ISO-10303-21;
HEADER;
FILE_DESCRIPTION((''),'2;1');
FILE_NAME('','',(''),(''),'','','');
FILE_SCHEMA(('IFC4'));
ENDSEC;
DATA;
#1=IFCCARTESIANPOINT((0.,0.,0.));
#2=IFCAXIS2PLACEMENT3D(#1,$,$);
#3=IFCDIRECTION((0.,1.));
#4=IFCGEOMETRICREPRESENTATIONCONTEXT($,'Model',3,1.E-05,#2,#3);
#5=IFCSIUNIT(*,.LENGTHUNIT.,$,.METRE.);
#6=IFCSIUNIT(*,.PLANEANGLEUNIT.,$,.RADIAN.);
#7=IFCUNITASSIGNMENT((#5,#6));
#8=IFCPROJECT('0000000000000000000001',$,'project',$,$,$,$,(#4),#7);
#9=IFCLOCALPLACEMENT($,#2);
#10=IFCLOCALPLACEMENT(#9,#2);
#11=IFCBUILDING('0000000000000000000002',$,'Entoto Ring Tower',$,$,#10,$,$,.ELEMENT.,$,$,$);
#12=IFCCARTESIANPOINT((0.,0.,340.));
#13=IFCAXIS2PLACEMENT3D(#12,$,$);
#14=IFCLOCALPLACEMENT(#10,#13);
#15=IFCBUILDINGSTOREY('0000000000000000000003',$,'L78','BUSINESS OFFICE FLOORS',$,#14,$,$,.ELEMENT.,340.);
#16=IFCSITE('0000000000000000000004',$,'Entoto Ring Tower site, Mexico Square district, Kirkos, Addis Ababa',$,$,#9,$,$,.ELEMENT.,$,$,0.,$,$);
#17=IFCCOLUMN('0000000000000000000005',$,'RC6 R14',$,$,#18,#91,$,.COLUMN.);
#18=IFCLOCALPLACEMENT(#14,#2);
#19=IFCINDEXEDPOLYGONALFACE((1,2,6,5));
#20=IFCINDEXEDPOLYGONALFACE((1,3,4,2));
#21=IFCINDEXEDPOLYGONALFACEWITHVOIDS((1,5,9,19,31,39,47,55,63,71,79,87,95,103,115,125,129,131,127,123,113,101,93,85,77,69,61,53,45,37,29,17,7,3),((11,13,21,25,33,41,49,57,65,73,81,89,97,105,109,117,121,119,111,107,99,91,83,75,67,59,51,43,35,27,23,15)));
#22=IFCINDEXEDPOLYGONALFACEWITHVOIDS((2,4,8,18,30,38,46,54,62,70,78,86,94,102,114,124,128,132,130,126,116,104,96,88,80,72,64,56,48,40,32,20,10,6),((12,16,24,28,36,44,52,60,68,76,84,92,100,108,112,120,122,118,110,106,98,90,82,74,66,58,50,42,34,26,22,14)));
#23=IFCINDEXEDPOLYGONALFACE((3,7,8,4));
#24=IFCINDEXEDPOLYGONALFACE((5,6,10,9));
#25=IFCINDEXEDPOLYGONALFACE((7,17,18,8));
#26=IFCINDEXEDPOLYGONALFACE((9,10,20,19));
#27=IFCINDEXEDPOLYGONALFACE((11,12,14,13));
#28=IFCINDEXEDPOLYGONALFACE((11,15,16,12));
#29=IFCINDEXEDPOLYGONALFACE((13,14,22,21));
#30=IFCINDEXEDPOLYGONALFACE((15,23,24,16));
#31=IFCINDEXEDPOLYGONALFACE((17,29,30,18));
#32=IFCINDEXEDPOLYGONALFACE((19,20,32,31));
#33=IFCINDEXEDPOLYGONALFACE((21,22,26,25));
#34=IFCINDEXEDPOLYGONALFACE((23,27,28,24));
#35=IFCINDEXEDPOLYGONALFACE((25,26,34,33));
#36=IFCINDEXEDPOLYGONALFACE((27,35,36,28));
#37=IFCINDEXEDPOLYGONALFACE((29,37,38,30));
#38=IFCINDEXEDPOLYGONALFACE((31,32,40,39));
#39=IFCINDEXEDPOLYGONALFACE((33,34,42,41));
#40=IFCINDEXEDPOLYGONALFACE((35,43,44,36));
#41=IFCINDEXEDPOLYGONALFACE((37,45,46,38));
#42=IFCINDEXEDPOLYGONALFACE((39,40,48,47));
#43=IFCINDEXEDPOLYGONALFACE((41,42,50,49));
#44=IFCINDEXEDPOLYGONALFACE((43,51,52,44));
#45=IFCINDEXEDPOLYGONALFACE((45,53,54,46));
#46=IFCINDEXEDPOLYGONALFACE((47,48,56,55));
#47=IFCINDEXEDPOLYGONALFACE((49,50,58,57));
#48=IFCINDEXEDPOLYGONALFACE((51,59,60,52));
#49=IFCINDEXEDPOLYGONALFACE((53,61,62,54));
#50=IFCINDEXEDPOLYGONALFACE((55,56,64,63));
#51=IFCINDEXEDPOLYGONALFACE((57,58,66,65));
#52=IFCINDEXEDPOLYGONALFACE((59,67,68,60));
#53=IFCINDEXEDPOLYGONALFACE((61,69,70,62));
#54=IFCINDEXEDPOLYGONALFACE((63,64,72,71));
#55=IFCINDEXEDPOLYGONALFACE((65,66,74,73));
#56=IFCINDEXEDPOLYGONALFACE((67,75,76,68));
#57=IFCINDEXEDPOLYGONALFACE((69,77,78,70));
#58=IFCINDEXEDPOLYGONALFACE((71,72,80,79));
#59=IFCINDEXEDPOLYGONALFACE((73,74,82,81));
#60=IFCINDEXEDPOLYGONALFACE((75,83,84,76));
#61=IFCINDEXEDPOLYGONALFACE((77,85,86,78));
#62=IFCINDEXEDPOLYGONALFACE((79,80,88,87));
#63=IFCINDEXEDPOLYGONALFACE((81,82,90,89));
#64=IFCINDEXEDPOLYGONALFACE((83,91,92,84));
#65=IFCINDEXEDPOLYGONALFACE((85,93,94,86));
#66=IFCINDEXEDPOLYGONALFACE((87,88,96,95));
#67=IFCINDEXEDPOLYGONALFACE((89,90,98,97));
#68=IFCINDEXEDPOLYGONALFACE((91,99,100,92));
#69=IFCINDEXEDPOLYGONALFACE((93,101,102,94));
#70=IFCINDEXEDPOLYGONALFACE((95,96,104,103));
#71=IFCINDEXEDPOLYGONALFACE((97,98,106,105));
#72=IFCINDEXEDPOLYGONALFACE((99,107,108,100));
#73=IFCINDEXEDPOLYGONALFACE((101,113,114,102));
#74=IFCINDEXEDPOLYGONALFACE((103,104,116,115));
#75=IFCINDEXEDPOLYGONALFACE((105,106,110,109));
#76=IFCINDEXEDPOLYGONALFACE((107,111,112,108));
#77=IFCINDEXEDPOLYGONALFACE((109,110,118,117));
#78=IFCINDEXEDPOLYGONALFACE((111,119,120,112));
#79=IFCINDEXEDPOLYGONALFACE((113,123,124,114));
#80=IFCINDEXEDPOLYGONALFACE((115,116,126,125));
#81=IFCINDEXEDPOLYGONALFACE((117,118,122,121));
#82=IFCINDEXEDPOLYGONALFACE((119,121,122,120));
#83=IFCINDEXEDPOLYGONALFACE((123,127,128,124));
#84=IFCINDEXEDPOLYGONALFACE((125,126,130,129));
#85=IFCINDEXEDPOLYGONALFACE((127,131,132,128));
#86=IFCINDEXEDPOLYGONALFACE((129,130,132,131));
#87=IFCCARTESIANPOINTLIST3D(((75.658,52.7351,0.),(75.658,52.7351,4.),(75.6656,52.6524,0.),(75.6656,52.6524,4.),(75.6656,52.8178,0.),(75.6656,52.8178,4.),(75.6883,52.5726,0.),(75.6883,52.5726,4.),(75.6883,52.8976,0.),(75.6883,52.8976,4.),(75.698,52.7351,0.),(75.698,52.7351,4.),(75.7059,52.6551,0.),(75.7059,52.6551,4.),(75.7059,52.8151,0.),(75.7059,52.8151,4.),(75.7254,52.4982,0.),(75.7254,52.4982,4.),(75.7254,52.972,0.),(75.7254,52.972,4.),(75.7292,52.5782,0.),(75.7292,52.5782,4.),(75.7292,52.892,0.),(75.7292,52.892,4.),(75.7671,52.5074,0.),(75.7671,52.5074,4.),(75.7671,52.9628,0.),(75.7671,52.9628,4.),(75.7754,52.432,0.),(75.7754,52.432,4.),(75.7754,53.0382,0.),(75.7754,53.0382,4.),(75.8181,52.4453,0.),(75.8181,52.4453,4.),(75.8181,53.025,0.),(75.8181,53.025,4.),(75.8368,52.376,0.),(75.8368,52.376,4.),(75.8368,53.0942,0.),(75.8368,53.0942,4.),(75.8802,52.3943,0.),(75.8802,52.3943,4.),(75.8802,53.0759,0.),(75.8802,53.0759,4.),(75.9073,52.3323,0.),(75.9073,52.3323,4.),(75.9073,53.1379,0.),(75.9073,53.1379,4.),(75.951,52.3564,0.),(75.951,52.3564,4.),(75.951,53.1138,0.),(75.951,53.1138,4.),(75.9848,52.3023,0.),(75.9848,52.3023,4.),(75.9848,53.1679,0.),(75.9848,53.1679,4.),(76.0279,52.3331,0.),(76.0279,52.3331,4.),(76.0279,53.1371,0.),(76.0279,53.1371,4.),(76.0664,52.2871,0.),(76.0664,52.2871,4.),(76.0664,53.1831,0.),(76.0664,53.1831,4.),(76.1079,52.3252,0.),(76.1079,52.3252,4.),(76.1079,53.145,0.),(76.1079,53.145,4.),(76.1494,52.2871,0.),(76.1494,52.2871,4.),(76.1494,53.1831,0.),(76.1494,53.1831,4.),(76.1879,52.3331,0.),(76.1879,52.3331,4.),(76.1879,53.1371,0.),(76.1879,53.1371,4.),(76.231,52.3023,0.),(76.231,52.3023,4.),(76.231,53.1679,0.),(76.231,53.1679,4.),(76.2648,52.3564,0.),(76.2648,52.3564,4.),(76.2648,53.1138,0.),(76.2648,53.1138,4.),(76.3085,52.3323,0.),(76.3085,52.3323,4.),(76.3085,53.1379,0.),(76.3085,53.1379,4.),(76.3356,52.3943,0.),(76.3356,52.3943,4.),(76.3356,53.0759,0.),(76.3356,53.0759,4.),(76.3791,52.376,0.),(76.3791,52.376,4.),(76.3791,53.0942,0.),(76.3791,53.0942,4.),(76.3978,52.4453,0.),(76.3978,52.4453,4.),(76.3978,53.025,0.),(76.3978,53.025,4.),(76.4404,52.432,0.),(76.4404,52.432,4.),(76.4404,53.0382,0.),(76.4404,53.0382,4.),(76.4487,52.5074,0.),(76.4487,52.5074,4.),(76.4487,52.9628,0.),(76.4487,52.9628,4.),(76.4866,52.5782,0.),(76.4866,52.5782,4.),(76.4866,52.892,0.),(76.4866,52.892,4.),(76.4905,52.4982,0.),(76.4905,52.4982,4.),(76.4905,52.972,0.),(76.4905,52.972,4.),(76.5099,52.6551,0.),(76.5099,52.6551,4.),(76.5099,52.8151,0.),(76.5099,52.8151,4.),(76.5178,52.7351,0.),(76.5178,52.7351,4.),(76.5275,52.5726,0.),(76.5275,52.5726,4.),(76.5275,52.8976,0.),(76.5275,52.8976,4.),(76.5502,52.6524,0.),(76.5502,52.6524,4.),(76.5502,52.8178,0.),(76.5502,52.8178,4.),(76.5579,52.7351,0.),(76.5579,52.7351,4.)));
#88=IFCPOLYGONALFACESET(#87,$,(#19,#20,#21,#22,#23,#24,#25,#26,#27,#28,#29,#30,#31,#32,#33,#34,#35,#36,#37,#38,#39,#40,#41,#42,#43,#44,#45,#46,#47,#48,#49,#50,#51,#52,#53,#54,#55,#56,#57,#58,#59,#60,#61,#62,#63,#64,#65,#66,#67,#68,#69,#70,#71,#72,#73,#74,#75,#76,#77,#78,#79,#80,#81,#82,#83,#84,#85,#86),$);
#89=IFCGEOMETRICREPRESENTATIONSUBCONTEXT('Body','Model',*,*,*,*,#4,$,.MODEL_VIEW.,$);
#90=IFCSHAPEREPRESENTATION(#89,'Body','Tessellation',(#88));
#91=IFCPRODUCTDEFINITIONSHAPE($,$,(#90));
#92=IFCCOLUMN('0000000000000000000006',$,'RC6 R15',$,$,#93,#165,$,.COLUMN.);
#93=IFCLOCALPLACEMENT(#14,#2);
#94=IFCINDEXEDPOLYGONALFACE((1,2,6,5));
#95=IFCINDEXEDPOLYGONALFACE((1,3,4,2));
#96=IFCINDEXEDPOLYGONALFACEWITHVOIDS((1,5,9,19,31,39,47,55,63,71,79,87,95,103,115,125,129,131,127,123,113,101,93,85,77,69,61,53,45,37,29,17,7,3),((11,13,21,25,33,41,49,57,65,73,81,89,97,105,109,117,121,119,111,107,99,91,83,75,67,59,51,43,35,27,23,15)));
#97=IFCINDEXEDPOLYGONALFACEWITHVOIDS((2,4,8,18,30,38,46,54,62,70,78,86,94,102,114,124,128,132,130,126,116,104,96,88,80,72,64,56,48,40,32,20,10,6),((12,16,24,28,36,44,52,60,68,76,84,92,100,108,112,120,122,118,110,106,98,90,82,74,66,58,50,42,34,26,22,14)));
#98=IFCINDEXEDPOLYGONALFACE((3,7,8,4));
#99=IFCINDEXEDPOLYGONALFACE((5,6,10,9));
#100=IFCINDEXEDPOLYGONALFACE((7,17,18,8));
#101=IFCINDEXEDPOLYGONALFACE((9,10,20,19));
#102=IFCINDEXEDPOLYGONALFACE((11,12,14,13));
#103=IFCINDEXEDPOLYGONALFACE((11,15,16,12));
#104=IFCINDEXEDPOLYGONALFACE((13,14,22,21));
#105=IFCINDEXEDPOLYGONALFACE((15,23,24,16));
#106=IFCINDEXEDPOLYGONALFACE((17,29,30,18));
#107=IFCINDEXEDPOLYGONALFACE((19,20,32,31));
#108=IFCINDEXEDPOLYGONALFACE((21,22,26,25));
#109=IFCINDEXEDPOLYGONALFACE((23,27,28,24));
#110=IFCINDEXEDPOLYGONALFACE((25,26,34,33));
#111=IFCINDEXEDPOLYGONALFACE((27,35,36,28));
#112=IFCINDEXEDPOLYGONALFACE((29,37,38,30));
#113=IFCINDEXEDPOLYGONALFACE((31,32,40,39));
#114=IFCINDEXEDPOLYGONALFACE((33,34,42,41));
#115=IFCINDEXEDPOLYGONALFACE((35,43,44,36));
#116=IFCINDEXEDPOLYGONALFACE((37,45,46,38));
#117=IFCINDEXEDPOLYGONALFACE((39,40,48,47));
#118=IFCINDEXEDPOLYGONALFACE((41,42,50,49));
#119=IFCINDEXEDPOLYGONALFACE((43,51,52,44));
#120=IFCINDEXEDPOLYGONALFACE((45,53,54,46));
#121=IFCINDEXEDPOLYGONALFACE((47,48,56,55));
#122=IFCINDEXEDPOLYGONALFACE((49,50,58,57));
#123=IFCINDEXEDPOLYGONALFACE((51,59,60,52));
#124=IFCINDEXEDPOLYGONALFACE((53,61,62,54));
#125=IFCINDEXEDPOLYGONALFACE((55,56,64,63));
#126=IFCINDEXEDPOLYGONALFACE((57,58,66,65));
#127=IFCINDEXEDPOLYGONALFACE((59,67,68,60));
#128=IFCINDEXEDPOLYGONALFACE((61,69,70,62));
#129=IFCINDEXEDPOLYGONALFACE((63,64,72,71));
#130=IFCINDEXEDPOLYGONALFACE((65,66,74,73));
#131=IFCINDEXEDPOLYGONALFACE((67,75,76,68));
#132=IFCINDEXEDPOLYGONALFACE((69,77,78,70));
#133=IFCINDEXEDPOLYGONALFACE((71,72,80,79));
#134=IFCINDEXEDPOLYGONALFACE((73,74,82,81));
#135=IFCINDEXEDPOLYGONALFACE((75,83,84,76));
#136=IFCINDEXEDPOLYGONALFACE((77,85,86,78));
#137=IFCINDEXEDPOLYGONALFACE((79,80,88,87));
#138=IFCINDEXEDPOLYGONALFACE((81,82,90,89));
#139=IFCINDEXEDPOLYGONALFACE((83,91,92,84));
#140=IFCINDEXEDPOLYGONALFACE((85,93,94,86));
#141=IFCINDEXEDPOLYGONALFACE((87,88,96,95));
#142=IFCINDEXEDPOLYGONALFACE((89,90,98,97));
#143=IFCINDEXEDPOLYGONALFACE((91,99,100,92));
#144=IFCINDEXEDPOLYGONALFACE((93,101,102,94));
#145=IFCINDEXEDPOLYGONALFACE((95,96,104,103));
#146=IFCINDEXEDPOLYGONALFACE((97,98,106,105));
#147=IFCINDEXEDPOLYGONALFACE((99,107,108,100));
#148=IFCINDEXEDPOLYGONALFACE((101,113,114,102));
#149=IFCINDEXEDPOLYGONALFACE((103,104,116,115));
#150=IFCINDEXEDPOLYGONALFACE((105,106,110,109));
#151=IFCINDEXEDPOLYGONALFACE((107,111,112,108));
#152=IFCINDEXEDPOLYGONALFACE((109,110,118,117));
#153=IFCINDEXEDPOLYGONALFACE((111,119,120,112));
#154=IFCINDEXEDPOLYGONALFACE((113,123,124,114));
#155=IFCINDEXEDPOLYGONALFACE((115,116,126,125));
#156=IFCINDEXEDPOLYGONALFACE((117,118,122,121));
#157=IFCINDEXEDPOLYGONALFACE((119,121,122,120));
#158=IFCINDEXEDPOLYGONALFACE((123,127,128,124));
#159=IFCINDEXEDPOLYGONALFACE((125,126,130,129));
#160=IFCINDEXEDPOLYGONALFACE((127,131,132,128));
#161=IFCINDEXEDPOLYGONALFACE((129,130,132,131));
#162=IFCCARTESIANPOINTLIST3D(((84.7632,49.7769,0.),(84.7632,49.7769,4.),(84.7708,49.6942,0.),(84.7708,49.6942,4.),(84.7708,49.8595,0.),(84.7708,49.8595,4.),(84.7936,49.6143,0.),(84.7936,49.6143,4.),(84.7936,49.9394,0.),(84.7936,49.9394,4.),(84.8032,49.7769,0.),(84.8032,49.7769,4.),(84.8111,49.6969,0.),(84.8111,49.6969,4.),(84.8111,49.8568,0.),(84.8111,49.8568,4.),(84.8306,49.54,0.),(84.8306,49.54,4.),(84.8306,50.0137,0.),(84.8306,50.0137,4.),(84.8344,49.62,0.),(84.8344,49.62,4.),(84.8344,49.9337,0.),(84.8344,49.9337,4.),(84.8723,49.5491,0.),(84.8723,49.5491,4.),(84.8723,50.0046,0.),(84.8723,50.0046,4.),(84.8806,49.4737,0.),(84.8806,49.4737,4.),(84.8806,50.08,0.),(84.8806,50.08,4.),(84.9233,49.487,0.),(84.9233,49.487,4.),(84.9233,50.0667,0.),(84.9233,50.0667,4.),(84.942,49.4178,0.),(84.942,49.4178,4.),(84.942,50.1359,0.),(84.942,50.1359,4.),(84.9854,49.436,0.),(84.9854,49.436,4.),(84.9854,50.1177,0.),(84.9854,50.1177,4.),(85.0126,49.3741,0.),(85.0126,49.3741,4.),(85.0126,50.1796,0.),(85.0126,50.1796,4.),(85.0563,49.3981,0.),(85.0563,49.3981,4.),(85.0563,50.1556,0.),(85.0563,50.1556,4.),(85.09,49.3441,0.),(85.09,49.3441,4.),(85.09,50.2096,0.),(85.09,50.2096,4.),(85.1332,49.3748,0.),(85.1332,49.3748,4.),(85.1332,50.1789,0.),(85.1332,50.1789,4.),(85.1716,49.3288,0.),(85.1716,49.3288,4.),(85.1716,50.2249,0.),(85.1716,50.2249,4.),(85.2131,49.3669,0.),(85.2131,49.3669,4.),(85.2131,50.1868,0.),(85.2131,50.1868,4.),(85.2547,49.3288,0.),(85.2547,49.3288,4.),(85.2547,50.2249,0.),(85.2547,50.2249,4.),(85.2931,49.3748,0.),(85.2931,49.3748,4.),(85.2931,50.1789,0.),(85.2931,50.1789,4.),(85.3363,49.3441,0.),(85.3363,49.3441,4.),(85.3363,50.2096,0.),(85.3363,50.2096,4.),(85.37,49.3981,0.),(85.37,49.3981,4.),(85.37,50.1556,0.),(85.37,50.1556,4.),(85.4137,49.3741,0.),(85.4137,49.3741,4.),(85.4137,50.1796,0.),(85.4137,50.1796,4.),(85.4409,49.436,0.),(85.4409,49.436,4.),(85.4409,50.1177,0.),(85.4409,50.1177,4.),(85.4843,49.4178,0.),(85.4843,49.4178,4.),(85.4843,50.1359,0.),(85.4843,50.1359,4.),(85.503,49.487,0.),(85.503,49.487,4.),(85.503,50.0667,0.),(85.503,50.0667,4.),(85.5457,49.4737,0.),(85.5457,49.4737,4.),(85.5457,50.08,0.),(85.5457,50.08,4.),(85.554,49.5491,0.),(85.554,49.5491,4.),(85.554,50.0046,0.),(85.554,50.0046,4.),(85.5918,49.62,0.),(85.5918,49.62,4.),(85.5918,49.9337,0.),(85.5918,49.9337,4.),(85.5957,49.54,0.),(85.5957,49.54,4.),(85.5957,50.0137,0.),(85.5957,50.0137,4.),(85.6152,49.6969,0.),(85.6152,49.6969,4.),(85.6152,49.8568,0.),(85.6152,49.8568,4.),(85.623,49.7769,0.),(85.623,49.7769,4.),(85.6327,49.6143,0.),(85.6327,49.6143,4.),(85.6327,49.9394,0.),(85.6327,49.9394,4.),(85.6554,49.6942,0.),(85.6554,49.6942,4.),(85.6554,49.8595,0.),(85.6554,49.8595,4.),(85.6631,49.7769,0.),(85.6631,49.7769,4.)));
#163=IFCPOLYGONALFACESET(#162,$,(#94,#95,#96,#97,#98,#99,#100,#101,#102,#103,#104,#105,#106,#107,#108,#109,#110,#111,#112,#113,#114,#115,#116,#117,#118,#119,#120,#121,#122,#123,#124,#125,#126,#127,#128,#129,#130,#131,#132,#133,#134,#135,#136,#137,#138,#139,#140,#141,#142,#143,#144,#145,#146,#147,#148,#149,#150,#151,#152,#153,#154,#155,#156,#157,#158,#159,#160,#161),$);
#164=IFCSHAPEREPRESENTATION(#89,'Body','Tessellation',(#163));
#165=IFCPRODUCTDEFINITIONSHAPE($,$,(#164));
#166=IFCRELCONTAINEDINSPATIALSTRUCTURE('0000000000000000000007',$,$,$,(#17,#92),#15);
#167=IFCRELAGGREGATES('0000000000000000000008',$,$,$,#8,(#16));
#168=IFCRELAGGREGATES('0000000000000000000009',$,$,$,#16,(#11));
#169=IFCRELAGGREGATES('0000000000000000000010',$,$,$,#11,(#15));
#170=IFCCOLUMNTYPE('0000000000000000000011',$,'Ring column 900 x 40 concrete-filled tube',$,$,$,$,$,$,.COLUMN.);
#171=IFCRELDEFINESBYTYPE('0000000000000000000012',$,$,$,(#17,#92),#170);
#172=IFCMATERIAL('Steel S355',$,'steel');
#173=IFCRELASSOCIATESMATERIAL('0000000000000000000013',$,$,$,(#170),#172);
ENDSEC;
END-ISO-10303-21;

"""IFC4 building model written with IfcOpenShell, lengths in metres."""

from ifc_helpers import new_model, si_unit, direction, frame, origin, origin_2d, place, context, subcontext, project, spatial, circle, hollow_circle, extrude, material, material_profile, profile_set, type_object, element, save


model = new_model("IFC4")

# Units and contexts
model_context = context("Model", 3, precision=1e-05, world=origin(), true_north=direction((0.0, 1.0)))
body_context = subcontext(model_context, "Body", "Model", "MODEL_VIEW")
ifc_project = project(units=[si_unit("LENGTHUNIT", "METRE"), si_unit("PLANEANGLEUNIT", "RADIAN")], contexts=[model_context])

# Site, building, storey
site_placement = place(None, origin())
site = spatial("IfcSite", under=ifc_project, at=site_placement, Name="Entoto Ring Tower site, Mexico Square district, Kirkos, Addis Ababa", CompositionType="ELEMENT", RefElevation=0.0)
building_placement = place(site_placement, origin())
building = spatial("IfcBuilding", under=site, at=building_placement, Name="Entoto Ring Tower", CompositionType="ELEMENT")
storey_placement = place(building_placement, frame((0.0, 0.0, 340.0)))
storey = spatial("IfcBuildingStorey", under=building, at=storey_placement, Name="L78", Description="BUSINESS OFFICE FLOORS", CompositionType="ELEMENT", Elevation=340.0)

# Columns
ifc_material_1 = material(Name="Steel S355", Category="steel")
ifc_material_profile_1 = material_profile(ifc_material_1, hollow_circle(Radius=0.45, WallThickness=0.04, at=origin_2d()), Name="CHS 900 x 40")
ifc_material_2 = material(Name="Concrete C60/75", Category="concrete")
ifc_material_profile_2 = material_profile(ifc_material_2, circle(Radius=0.4099, at=origin_2d()), Name="Concrete C60/75 infill")
ifc_profile_set_1 = profile_set([ifc_material_profile_1, ifc_material_profile_2], Name="Steel S355")
column_type = type_object("IfcColumnType", Name="Ring column 900 x 40 concrete-filled tube", PredefinedType="COLUMN", material=ifc_profile_set_1)
for number, where, z_axis, x_axis, name in (
    (1, (76.1079, 52.7351, 0.0), (0.0, 0.0, 1.0), (1.0, 0.0, 0.0), "RC6 R14"),
    (2, (85.2131, 49.7769, 0.0), (0.0, 0.0, 1.0), (1.0, 0.0, 0.0), "RC6 R15"),
):
    element("IfcColumn", number, at=place(storey_placement, frame(where, z_axis=z_axis, x_axis=x_axis)), inside=storey, type_object=column_type, Name=name, PredefinedType="COLUMN", context=body_context, shape_type="SweptSolid", body=[
        extrude(hollow_circle(Radius=0.45, WallThickness=0.04, at=origin_2d()), origin(), (0.0, 0.0, 1.0), 4.0),
    ])

save(model, "model.ifc")
